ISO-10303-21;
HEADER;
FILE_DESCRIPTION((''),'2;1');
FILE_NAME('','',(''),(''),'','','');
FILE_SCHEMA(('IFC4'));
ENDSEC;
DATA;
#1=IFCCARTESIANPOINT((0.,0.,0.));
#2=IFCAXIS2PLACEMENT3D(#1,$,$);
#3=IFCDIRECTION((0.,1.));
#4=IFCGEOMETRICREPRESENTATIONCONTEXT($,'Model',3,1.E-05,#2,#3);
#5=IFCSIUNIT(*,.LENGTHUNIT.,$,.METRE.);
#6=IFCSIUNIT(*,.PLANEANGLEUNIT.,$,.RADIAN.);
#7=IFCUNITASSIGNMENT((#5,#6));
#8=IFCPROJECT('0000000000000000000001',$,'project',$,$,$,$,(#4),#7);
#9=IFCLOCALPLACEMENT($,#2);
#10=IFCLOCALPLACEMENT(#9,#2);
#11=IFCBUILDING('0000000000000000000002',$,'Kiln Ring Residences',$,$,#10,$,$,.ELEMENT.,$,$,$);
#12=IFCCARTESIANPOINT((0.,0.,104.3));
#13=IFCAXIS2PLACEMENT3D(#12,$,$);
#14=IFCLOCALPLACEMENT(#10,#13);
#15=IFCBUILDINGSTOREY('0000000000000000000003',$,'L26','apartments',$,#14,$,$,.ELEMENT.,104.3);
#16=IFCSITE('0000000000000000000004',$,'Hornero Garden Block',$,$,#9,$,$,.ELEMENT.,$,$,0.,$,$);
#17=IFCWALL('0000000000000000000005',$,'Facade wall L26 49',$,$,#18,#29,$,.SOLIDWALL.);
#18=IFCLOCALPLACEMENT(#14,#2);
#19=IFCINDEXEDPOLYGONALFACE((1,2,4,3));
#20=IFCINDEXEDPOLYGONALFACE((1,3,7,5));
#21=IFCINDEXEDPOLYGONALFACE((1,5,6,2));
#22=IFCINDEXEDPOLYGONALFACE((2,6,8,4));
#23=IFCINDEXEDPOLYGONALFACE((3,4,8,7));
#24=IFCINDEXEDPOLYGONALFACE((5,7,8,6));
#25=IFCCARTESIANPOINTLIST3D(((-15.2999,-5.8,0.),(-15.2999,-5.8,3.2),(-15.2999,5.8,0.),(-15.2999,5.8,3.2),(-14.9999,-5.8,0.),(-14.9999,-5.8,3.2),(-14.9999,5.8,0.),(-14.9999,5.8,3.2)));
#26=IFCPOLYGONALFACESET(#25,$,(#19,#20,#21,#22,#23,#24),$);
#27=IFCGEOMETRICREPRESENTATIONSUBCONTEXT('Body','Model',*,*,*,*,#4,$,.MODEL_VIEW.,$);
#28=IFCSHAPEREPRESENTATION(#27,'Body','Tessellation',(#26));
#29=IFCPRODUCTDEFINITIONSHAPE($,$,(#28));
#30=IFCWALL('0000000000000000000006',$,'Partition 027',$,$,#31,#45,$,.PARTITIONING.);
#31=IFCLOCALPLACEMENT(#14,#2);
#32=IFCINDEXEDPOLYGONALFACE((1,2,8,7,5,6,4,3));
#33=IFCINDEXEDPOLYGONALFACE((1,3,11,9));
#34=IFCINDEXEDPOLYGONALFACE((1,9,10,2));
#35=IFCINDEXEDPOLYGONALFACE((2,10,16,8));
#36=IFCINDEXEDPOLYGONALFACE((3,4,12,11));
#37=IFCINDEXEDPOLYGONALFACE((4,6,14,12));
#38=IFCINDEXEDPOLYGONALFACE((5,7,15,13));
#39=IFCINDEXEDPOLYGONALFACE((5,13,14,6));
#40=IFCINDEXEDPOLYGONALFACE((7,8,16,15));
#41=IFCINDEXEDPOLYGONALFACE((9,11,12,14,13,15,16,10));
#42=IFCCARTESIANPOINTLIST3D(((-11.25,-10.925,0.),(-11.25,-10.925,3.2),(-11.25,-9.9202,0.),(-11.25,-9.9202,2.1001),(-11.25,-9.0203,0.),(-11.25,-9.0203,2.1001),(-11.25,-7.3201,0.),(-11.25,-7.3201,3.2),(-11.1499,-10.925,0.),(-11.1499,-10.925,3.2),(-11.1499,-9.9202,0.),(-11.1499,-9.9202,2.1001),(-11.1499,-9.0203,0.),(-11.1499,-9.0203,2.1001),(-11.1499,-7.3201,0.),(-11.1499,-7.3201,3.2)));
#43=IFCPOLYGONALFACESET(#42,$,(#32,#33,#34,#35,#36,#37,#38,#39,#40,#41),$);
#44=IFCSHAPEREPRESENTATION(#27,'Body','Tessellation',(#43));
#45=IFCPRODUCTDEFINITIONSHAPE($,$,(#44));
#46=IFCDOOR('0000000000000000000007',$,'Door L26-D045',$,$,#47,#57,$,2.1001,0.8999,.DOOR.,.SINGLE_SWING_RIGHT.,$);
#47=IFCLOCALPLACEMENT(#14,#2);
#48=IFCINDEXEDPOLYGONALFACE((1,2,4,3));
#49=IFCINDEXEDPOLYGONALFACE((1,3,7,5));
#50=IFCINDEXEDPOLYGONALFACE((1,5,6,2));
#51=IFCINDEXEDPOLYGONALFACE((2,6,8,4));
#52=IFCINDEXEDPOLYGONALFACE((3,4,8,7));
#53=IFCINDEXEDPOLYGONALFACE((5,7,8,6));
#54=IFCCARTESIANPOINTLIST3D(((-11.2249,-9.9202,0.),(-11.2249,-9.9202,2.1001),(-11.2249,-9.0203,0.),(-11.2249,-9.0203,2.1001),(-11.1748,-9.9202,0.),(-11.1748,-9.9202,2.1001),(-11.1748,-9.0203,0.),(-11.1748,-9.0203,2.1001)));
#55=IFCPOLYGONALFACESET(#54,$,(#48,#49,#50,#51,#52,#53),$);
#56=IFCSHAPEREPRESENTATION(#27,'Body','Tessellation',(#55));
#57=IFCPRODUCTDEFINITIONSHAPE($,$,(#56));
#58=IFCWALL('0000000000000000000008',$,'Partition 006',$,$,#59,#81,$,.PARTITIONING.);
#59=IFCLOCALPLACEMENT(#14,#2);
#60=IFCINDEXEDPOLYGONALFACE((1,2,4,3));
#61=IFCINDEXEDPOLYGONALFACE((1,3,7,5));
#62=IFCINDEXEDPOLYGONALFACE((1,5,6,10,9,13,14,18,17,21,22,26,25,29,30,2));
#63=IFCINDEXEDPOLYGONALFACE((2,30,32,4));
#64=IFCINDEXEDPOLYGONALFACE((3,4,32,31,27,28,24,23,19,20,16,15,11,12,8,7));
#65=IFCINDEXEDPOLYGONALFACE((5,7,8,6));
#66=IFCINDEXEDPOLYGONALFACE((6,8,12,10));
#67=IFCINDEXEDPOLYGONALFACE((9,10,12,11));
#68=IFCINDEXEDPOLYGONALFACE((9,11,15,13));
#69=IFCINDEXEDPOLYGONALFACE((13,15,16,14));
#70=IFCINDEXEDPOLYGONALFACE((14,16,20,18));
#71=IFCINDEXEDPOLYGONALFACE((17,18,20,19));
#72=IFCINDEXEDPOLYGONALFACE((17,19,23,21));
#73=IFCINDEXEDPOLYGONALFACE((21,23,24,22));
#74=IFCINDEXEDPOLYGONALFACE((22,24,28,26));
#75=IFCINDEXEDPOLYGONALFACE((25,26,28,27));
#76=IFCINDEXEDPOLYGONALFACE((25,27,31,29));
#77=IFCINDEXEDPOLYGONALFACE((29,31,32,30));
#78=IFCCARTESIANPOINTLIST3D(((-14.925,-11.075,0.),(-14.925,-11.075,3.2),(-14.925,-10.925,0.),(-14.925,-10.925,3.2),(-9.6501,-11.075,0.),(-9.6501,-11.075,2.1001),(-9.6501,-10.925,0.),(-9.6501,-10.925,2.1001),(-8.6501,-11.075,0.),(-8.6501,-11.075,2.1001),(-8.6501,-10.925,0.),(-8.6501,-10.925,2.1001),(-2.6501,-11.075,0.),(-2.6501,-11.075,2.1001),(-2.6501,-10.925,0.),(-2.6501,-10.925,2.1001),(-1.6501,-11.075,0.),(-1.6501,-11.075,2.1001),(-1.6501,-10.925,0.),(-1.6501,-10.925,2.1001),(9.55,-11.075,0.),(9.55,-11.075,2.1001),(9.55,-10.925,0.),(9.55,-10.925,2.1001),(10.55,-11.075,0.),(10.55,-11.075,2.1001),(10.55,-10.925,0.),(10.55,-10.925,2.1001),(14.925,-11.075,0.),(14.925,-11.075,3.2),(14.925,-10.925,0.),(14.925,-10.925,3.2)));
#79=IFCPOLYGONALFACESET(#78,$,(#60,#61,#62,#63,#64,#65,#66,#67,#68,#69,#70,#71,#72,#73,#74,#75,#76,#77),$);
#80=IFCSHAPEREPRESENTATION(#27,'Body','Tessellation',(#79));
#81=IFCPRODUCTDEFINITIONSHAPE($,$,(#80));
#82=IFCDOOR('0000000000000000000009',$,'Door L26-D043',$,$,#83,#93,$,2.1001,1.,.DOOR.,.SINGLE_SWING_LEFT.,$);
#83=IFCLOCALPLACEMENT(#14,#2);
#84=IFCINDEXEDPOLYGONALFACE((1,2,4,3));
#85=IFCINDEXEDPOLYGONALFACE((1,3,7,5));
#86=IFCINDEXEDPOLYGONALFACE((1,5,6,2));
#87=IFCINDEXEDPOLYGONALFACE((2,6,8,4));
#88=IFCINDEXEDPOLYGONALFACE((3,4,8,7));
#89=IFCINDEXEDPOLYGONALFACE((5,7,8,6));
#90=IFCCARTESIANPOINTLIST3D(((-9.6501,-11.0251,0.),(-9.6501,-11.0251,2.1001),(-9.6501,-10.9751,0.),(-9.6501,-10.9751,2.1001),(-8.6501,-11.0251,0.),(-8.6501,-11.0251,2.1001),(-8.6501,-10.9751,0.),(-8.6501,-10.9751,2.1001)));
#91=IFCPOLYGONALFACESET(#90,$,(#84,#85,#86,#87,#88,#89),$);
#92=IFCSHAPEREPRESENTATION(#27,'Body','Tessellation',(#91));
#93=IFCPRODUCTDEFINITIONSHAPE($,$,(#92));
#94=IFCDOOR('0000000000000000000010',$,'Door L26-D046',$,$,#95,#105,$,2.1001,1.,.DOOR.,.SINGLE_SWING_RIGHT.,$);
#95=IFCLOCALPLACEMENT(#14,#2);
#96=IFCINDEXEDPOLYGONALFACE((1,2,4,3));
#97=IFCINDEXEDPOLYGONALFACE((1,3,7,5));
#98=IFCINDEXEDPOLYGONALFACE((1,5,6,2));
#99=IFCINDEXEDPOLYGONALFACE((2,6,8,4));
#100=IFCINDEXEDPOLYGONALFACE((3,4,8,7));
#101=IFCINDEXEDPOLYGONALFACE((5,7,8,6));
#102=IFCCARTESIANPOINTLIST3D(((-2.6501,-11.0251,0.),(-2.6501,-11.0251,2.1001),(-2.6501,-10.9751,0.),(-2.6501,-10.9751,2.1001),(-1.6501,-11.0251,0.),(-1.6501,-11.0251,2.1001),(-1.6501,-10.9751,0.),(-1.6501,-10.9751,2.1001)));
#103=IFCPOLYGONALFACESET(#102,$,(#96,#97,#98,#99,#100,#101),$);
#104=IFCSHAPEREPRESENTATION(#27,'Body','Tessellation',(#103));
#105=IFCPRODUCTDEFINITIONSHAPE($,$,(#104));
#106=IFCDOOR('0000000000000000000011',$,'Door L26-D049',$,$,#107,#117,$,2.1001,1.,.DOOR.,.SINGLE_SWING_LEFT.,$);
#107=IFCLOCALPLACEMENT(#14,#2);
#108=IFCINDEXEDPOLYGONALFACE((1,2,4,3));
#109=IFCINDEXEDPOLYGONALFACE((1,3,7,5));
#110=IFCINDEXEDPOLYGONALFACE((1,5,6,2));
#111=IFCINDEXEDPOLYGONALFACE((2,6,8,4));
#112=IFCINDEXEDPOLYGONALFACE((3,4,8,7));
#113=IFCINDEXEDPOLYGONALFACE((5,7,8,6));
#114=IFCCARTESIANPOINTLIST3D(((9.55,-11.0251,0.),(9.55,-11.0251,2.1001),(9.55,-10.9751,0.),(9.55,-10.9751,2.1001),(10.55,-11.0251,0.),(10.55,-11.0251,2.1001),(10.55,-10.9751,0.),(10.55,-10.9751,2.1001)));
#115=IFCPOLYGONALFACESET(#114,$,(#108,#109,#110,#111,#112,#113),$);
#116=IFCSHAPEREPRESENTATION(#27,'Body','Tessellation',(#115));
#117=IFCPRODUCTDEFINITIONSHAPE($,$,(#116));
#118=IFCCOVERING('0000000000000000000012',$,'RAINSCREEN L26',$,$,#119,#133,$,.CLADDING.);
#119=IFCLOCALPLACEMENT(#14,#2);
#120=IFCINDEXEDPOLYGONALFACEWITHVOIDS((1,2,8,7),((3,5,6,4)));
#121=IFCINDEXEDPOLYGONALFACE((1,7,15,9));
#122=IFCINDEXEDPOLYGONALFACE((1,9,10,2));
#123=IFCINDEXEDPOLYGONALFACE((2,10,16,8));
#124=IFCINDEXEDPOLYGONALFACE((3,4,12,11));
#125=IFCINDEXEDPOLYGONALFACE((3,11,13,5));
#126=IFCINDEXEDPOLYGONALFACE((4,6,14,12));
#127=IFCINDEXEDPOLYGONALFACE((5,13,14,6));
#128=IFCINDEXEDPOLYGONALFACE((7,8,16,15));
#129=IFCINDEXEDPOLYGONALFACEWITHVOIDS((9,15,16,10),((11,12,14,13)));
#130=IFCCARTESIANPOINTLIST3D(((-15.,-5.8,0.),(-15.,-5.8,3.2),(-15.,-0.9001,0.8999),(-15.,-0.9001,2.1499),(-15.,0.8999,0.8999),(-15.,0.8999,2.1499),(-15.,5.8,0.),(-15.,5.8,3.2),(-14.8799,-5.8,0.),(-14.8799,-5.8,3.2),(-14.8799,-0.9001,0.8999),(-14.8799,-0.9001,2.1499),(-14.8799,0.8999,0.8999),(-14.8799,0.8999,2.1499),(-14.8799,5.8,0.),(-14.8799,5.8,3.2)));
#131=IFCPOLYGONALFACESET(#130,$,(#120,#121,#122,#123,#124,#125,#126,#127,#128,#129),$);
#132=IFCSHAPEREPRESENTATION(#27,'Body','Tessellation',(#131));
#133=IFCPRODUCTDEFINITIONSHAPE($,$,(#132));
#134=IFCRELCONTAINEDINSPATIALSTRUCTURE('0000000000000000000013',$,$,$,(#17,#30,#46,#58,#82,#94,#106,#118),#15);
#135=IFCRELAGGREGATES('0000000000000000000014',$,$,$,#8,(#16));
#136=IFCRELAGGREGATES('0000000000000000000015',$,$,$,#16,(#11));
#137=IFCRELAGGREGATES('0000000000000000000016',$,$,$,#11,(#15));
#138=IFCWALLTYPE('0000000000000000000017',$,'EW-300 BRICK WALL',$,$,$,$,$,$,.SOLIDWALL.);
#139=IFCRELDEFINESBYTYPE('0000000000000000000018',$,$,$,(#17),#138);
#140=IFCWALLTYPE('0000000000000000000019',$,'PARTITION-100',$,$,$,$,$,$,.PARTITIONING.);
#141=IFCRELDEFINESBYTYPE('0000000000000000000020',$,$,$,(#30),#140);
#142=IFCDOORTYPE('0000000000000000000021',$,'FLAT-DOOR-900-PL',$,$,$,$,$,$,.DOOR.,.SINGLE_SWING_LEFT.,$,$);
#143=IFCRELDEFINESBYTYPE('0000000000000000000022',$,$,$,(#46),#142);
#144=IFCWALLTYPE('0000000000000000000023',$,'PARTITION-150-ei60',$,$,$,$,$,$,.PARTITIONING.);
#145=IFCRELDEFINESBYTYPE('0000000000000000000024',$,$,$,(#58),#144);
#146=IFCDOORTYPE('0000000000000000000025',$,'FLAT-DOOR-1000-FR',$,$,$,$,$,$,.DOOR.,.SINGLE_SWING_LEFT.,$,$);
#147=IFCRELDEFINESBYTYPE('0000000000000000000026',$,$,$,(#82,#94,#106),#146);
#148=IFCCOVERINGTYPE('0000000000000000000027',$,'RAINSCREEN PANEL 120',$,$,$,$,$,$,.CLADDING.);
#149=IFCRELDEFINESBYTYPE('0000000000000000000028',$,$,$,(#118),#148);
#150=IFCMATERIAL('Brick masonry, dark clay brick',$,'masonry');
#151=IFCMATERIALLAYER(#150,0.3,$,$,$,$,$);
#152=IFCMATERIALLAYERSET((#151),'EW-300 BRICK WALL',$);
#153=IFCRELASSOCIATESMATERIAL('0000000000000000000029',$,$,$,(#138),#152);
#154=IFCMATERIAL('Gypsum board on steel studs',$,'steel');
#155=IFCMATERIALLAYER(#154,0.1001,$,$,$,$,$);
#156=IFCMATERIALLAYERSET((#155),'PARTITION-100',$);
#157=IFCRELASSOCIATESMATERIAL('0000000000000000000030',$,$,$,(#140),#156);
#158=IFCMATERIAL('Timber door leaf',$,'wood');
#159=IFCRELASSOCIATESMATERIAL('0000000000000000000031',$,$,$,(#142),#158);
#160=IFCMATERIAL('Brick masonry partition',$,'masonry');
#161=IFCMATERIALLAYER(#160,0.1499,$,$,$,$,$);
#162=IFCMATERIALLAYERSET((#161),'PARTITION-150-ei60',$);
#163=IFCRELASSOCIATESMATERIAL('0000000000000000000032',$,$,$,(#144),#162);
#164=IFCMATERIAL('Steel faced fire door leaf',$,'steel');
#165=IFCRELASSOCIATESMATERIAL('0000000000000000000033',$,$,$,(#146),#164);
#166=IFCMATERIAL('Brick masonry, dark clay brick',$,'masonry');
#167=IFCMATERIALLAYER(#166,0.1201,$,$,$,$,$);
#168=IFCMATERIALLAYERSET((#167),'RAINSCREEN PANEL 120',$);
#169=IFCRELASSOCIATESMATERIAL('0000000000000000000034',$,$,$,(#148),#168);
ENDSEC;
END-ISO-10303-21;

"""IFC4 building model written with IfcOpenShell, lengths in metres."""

from ifc_helpers import new_model, si_unit, direction, frame, frame_2d, origin, place, context, subcontext, project, spatial, polyline, rectangle, outline, extrude, material, layer, layer_set, type_object, element, fill, save


model = new_model("IFC4")

# Units and contexts
model_context = context("Model", 3, precision=1e-05, world=origin(), true_north=direction((0.0, 1.0)))
body_context = subcontext(model_context, "Body", "Model", "MODEL_VIEW")
ifc_project = project(units=[si_unit("LENGTHUNIT", "METRE"), si_unit("PLANEANGLEUNIT", "RADIAN")], contexts=[model_context])

# Site, building, storey
site_placement = place(None, origin())
site = spatial("IfcSite", under=ifc_project, at=site_placement, Name="Hornero Garden Block", CompositionType="ELEMENT", RefElevation=0.0)
building_placement = place(site_placement, origin())
building = spatial("IfcBuilding", under=site, at=building_placement, Name="Kiln Ring Residences", CompositionType="ELEMENT")
storey_placement = place(building_placement, frame((0.0, 0.0, 104.3)))
storey = spatial("IfcBuildingStorey", under=building, at=storey_placement, Name="L26", Description="apartments", CompositionType="ELEMENT", Elevation=104.3)

# Wall
ifc_material_1 = material(Name="Brick masonry, dark clay brick", Category="masonry")
ifc_layer_1 = layer(ifc_material_1, 0.3)
ifc_layer_set_1 = layer_set([ifc_layer_1], Name="EW-300 BRICK WALL")
wall_type_1 = type_object("IfcWallType", Name="EW-300 BRICK WALL", PredefinedType="SOLIDWALL", material=ifc_layer_set_1)
wall_1_placement = place(storey_placement, frame((-15.1499, -5.8, 0.0), z_axis=(0.0, 0.0, 1.0), x_axis=(0.0, 1.0, 0.0)))
element("IfcWall", 1, at=wall_1_placement, inside=storey, type_object=wall_type_1, Name="Facade wall L26 49", PredefinedType="SOLIDWALL", context=body_context, shape_type="SweptSolid", body=[
    extrude(rectangle(XDim=11.6001, YDim=0.3, at=frame_2d((5.8, 0.0))), origin(), (0.0, 0.0, 1.0), 3.2),
])

# Wall, opening, door
ifc_material_2 = material(Name="Gypsum board on steel studs", Category="steel")
ifc_layer_2 = layer(ifc_material_2, 0.1001)
ifc_layer_set_2 = layer_set([ifc_layer_2], Name="PARTITION-100")
wall_type_2 = type_object("IfcWallType", Name="PARTITION-100", PredefinedType="PARTITIONING", material=ifc_layer_set_2)
wall_2_placement = place(storey_placement, frame((-11.2, -10.925, 0.0), z_axis=(0.0, 0.0, 1.0), x_axis=(0.0, 1.0, 0.0)))
wall_2 = element("IfcWall", 2, at=wall_2_placement, inside=storey, type_object=wall_type_2, Name="Partition 027", PredefinedType="PARTITIONING", context=body_context, shape_type="SweptSolid", body=[
    extrude(rectangle(XDim=3.605, YDim=0.1001, at=frame_2d((1.8025, 0.0))), origin(), (0.0, 0.0, 1.0), 3.2),
])
opening_1_placement = place(wall_2_placement, frame((1.0049, 0.0, 0.0)))
opening_1 = element("IfcOpeningElement", 3, at=opening_1_placement, cuts=wall_2, PredefinedType="OPENING", context=body_context, shape_type="SweptSolid", body=[
    extrude(rectangle(XDim=0.8999, YDim=2.1001, at=frame_2d((0.45, 1.05))), frame((0.0, 0.0601, 0.0), z_axis=(0.0, -1.0, 0.0), x_axis=(1.0, 0.0, 0.0)), (0.0, 0.0, 1.0), 0.1201),
])
ifc_material_3 = material(Name="Timber door leaf", Category="wood")
door_type_1 = type_object("IfcDoorType", Name="FLAT-DOOR-900-PL", OperationType="SINGLE_SWING_LEFT", PredefinedType="DOOR", material=ifc_material_3)
door_1_placement = place(opening_1_placement, origin())
door_1 = element("IfcDoor", 4, at=door_1_placement, inside=storey, type_object=door_type_1, Name="Door L26-D045", OperationType="SINGLE_SWING_RIGHT", OverallHeight=2.1001, OverallWidth=0.8999, PredefinedType="DOOR", context=body_context, shape_type="SweptSolid", body=[
    extrude(rectangle(XDim=0.8999, YDim=2.1001, at=frame_2d((0.45, 1.05))), frame((0.0, 0.0249, 0.0), z_axis=(0.0, -1.0, 0.0), x_axis=(1.0, 0.0, 0.0)), (0.0, 0.0, 1.0), 0.05),
])
fill(opening_1, door_1)

# Wall, openings, doors
ifc_material_4 = material(Name="Brick masonry partition", Category="masonry")
ifc_layer_3 = layer(ifc_material_4, 0.1499)
ifc_layer_set_3 = layer_set([ifc_layer_3], Name="PARTITION-150-ei60")
wall_type_3 = type_object("IfcWallType", Name="PARTITION-150-ei60", PredefinedType="PARTITIONING", material=ifc_layer_set_3)
wall_3_placement = place(storey_placement, frame((-14.925, -11.0, 0.0), z_axis=(0.0, 0.0, 1.0), x_axis=(1.0, 0.0, 0.0)))
wall_3 = element("IfcWall", 5, at=wall_3_placement, inside=storey, type_object=wall_type_3, Name="Partition 006", PredefinedType="PARTITIONING", context=body_context, shape_type="SweptSolid", body=[
    extrude(rectangle(XDim=29.8501, YDim=0.1499, at=frame_2d((14.925, 0.0))), origin(), (0.0, 0.0, 1.0), 3.2),
])
opening_2_placement = place(wall_3_placement, frame((5.2749, 0.0, 0.0)))
opening_2 = element("IfcOpeningElement", 6, at=opening_2_placement, cuts=wall_3, PredefinedType="OPENING", context=body_context, shape_type="SweptSolid", body=[
    extrude(rectangle(XDim=1.0, YDim=2.1001, at=frame_2d((0.5, 1.05))), frame((0.0, 0.085, 0.0), z_axis=(0.0, -1.0, 0.0), x_axis=(1.0, 0.0, 0.0)), (0.0, 0.0, 1.0), 0.1699),
])
opening_3_placement = place(wall_3_placement, frame((12.2749, 0.0, 0.0)))
opening_3 = element("IfcOpeningElement", 7, at=opening_3_placement, cuts=wall_3, PredefinedType="OPENING", context=body_context, shape_type="SweptSolid", body=[
    extrude(rectangle(XDim=1.0, YDim=2.1001, at=frame_2d((0.5, 1.05))), frame((0.0, 0.085, 0.0), z_axis=(0.0, -1.0, 0.0), x_axis=(1.0, 0.0, 0.0)), (0.0, 0.0, 1.0), 0.1699),
])
opening_4_placement = place(wall_3_placement, frame((24.4751, 0.0, 0.0)))
opening_4 = element("IfcOpeningElement", 8, at=opening_4_placement, cuts=wall_3, PredefinedType="OPENING", context=body_context, shape_type="SweptSolid", body=[
    extrude(rectangle(XDim=1.0, YDim=2.1001, at=frame_2d((0.5, 1.05))), frame((0.0, 0.085, 0.0), z_axis=(0.0, -1.0, 0.0), x_axis=(1.0, 0.0, 0.0)), (0.0, 0.0, 1.0), 0.1699),
])
ifc_material_5 = material(Name="Steel faced fire door leaf", Category="steel")
door_type_2 = type_object("IfcDoorType", Name="FLAT-DOOR-1000-FR", OperationType="SINGLE_SWING_LEFT", PredefinedType="DOOR", material=ifc_material_5)
door_2_placement = place(opening_2_placement, origin())
door_2 = element("IfcDoor", 9, at=door_2_placement, inside=storey, type_object=door_type_2, Name="Door L26-D043", OperationType="SINGLE_SWING_LEFT", OverallHeight=2.1001, OverallWidth=1.0, PredefinedType="DOOR", context=body_context, shape_type="SweptSolid", body=[
    extrude(rectangle(XDim=1.0, YDim=2.1001, at=frame_2d((0.5, 1.05))), frame((0.0, 0.0249, 0.0), z_axis=(0.0, -1.0, 0.0), x_axis=(1.0, 0.0, 0.0)), (0.0, 0.0, 1.0), 0.05),
])
fill(opening_2, door_2)
door_3_placement = place(opening_3_placement, origin())
door_3 = element("IfcDoor", 10, at=door_3_placement, inside=storey, type_object=door_type_2, Name="Door L26-D046", OperationType="SINGLE_SWING_RIGHT", OverallHeight=2.1001, OverallWidth=1.0, PredefinedType="DOOR", context=body_context, shape_type="SweptSolid", body=[
    extrude(rectangle(XDim=1.0, YDim=2.1001, at=frame_2d((0.5, 1.05))), frame((0.0, 0.0249, 0.0), z_axis=(0.0, -1.0, 0.0), x_axis=(1.0, 0.0, 0.0)), (0.0, 0.0, 1.0), 0.05),
])
fill(opening_3, door_3)
door_4_placement = place(opening_4_placement, origin())
door_4 = element("IfcDoor", 11, at=door_4_placement, inside=storey, type_object=door_type_2, Name="Door L26-D049", OperationType="SINGLE_SWING_LEFT", OverallHeight=2.1001, OverallWidth=1.0, PredefinedType="DOOR", context=body_context, shape_type="SweptSolid", body=[
    extrude(rectangle(XDim=1.0, YDim=2.1001, at=frame_2d((0.5, 1.05))), frame((0.0, 0.0249, 0.0), z_axis=(0.0, -1.0, 0.0), x_axis=(1.0, 0.0, 0.0)), (0.0, 0.0, 1.0), 0.05),
])
fill(opening_4, door_4)

# Covering
ifc_material_6 = material(Name="Brick masonry, dark clay brick", Category="masonry")
ifc_layer_4 = layer(ifc_material_6, 0.1201)
ifc_layer_set_4 = layer_set([ifc_layer_4], Name="RAINSCREEN PANEL 120")
covering_type = type_object("IfcCoveringType", Name="RAINSCREEN PANEL 120", PredefinedType="CLADDING", material=ifc_layer_set_4)
covering_placement = place(storey_placement, frame((-14.9399, -5.8, 0.0), z_axis=(0.0, 0.0, 1.0), x_axis=(0.0, 1.0, 0.0)))
element("IfcCovering", 12, at=covering_placement, inside=storey, type_object=covering_type, Name="RAINSCREEN L26", PredefinedType="CLADDING", context=body_context, shape_type="SweptSolid", body=[
    extrude(outline(polyline([(0.0, 0.0), (11.6001, 0.0), (11.6001, 3.2), (0.0, 3.2), (0.0, 0.0)]), holes=[polyline([(4.8999, 2.1499), (4.8999, 0.8999), (6.7, 0.8999), (6.7, 2.1499), (4.8999, 2.1499)])]), frame((0.0, 0.0601, 0.0), z_axis=(0.0, -1.0, 0.0), x_axis=(1.0, 0.0, 0.0)), (0.0, 0.0, 1.0), 0.1201),
])

save(model, "model.ifc")
